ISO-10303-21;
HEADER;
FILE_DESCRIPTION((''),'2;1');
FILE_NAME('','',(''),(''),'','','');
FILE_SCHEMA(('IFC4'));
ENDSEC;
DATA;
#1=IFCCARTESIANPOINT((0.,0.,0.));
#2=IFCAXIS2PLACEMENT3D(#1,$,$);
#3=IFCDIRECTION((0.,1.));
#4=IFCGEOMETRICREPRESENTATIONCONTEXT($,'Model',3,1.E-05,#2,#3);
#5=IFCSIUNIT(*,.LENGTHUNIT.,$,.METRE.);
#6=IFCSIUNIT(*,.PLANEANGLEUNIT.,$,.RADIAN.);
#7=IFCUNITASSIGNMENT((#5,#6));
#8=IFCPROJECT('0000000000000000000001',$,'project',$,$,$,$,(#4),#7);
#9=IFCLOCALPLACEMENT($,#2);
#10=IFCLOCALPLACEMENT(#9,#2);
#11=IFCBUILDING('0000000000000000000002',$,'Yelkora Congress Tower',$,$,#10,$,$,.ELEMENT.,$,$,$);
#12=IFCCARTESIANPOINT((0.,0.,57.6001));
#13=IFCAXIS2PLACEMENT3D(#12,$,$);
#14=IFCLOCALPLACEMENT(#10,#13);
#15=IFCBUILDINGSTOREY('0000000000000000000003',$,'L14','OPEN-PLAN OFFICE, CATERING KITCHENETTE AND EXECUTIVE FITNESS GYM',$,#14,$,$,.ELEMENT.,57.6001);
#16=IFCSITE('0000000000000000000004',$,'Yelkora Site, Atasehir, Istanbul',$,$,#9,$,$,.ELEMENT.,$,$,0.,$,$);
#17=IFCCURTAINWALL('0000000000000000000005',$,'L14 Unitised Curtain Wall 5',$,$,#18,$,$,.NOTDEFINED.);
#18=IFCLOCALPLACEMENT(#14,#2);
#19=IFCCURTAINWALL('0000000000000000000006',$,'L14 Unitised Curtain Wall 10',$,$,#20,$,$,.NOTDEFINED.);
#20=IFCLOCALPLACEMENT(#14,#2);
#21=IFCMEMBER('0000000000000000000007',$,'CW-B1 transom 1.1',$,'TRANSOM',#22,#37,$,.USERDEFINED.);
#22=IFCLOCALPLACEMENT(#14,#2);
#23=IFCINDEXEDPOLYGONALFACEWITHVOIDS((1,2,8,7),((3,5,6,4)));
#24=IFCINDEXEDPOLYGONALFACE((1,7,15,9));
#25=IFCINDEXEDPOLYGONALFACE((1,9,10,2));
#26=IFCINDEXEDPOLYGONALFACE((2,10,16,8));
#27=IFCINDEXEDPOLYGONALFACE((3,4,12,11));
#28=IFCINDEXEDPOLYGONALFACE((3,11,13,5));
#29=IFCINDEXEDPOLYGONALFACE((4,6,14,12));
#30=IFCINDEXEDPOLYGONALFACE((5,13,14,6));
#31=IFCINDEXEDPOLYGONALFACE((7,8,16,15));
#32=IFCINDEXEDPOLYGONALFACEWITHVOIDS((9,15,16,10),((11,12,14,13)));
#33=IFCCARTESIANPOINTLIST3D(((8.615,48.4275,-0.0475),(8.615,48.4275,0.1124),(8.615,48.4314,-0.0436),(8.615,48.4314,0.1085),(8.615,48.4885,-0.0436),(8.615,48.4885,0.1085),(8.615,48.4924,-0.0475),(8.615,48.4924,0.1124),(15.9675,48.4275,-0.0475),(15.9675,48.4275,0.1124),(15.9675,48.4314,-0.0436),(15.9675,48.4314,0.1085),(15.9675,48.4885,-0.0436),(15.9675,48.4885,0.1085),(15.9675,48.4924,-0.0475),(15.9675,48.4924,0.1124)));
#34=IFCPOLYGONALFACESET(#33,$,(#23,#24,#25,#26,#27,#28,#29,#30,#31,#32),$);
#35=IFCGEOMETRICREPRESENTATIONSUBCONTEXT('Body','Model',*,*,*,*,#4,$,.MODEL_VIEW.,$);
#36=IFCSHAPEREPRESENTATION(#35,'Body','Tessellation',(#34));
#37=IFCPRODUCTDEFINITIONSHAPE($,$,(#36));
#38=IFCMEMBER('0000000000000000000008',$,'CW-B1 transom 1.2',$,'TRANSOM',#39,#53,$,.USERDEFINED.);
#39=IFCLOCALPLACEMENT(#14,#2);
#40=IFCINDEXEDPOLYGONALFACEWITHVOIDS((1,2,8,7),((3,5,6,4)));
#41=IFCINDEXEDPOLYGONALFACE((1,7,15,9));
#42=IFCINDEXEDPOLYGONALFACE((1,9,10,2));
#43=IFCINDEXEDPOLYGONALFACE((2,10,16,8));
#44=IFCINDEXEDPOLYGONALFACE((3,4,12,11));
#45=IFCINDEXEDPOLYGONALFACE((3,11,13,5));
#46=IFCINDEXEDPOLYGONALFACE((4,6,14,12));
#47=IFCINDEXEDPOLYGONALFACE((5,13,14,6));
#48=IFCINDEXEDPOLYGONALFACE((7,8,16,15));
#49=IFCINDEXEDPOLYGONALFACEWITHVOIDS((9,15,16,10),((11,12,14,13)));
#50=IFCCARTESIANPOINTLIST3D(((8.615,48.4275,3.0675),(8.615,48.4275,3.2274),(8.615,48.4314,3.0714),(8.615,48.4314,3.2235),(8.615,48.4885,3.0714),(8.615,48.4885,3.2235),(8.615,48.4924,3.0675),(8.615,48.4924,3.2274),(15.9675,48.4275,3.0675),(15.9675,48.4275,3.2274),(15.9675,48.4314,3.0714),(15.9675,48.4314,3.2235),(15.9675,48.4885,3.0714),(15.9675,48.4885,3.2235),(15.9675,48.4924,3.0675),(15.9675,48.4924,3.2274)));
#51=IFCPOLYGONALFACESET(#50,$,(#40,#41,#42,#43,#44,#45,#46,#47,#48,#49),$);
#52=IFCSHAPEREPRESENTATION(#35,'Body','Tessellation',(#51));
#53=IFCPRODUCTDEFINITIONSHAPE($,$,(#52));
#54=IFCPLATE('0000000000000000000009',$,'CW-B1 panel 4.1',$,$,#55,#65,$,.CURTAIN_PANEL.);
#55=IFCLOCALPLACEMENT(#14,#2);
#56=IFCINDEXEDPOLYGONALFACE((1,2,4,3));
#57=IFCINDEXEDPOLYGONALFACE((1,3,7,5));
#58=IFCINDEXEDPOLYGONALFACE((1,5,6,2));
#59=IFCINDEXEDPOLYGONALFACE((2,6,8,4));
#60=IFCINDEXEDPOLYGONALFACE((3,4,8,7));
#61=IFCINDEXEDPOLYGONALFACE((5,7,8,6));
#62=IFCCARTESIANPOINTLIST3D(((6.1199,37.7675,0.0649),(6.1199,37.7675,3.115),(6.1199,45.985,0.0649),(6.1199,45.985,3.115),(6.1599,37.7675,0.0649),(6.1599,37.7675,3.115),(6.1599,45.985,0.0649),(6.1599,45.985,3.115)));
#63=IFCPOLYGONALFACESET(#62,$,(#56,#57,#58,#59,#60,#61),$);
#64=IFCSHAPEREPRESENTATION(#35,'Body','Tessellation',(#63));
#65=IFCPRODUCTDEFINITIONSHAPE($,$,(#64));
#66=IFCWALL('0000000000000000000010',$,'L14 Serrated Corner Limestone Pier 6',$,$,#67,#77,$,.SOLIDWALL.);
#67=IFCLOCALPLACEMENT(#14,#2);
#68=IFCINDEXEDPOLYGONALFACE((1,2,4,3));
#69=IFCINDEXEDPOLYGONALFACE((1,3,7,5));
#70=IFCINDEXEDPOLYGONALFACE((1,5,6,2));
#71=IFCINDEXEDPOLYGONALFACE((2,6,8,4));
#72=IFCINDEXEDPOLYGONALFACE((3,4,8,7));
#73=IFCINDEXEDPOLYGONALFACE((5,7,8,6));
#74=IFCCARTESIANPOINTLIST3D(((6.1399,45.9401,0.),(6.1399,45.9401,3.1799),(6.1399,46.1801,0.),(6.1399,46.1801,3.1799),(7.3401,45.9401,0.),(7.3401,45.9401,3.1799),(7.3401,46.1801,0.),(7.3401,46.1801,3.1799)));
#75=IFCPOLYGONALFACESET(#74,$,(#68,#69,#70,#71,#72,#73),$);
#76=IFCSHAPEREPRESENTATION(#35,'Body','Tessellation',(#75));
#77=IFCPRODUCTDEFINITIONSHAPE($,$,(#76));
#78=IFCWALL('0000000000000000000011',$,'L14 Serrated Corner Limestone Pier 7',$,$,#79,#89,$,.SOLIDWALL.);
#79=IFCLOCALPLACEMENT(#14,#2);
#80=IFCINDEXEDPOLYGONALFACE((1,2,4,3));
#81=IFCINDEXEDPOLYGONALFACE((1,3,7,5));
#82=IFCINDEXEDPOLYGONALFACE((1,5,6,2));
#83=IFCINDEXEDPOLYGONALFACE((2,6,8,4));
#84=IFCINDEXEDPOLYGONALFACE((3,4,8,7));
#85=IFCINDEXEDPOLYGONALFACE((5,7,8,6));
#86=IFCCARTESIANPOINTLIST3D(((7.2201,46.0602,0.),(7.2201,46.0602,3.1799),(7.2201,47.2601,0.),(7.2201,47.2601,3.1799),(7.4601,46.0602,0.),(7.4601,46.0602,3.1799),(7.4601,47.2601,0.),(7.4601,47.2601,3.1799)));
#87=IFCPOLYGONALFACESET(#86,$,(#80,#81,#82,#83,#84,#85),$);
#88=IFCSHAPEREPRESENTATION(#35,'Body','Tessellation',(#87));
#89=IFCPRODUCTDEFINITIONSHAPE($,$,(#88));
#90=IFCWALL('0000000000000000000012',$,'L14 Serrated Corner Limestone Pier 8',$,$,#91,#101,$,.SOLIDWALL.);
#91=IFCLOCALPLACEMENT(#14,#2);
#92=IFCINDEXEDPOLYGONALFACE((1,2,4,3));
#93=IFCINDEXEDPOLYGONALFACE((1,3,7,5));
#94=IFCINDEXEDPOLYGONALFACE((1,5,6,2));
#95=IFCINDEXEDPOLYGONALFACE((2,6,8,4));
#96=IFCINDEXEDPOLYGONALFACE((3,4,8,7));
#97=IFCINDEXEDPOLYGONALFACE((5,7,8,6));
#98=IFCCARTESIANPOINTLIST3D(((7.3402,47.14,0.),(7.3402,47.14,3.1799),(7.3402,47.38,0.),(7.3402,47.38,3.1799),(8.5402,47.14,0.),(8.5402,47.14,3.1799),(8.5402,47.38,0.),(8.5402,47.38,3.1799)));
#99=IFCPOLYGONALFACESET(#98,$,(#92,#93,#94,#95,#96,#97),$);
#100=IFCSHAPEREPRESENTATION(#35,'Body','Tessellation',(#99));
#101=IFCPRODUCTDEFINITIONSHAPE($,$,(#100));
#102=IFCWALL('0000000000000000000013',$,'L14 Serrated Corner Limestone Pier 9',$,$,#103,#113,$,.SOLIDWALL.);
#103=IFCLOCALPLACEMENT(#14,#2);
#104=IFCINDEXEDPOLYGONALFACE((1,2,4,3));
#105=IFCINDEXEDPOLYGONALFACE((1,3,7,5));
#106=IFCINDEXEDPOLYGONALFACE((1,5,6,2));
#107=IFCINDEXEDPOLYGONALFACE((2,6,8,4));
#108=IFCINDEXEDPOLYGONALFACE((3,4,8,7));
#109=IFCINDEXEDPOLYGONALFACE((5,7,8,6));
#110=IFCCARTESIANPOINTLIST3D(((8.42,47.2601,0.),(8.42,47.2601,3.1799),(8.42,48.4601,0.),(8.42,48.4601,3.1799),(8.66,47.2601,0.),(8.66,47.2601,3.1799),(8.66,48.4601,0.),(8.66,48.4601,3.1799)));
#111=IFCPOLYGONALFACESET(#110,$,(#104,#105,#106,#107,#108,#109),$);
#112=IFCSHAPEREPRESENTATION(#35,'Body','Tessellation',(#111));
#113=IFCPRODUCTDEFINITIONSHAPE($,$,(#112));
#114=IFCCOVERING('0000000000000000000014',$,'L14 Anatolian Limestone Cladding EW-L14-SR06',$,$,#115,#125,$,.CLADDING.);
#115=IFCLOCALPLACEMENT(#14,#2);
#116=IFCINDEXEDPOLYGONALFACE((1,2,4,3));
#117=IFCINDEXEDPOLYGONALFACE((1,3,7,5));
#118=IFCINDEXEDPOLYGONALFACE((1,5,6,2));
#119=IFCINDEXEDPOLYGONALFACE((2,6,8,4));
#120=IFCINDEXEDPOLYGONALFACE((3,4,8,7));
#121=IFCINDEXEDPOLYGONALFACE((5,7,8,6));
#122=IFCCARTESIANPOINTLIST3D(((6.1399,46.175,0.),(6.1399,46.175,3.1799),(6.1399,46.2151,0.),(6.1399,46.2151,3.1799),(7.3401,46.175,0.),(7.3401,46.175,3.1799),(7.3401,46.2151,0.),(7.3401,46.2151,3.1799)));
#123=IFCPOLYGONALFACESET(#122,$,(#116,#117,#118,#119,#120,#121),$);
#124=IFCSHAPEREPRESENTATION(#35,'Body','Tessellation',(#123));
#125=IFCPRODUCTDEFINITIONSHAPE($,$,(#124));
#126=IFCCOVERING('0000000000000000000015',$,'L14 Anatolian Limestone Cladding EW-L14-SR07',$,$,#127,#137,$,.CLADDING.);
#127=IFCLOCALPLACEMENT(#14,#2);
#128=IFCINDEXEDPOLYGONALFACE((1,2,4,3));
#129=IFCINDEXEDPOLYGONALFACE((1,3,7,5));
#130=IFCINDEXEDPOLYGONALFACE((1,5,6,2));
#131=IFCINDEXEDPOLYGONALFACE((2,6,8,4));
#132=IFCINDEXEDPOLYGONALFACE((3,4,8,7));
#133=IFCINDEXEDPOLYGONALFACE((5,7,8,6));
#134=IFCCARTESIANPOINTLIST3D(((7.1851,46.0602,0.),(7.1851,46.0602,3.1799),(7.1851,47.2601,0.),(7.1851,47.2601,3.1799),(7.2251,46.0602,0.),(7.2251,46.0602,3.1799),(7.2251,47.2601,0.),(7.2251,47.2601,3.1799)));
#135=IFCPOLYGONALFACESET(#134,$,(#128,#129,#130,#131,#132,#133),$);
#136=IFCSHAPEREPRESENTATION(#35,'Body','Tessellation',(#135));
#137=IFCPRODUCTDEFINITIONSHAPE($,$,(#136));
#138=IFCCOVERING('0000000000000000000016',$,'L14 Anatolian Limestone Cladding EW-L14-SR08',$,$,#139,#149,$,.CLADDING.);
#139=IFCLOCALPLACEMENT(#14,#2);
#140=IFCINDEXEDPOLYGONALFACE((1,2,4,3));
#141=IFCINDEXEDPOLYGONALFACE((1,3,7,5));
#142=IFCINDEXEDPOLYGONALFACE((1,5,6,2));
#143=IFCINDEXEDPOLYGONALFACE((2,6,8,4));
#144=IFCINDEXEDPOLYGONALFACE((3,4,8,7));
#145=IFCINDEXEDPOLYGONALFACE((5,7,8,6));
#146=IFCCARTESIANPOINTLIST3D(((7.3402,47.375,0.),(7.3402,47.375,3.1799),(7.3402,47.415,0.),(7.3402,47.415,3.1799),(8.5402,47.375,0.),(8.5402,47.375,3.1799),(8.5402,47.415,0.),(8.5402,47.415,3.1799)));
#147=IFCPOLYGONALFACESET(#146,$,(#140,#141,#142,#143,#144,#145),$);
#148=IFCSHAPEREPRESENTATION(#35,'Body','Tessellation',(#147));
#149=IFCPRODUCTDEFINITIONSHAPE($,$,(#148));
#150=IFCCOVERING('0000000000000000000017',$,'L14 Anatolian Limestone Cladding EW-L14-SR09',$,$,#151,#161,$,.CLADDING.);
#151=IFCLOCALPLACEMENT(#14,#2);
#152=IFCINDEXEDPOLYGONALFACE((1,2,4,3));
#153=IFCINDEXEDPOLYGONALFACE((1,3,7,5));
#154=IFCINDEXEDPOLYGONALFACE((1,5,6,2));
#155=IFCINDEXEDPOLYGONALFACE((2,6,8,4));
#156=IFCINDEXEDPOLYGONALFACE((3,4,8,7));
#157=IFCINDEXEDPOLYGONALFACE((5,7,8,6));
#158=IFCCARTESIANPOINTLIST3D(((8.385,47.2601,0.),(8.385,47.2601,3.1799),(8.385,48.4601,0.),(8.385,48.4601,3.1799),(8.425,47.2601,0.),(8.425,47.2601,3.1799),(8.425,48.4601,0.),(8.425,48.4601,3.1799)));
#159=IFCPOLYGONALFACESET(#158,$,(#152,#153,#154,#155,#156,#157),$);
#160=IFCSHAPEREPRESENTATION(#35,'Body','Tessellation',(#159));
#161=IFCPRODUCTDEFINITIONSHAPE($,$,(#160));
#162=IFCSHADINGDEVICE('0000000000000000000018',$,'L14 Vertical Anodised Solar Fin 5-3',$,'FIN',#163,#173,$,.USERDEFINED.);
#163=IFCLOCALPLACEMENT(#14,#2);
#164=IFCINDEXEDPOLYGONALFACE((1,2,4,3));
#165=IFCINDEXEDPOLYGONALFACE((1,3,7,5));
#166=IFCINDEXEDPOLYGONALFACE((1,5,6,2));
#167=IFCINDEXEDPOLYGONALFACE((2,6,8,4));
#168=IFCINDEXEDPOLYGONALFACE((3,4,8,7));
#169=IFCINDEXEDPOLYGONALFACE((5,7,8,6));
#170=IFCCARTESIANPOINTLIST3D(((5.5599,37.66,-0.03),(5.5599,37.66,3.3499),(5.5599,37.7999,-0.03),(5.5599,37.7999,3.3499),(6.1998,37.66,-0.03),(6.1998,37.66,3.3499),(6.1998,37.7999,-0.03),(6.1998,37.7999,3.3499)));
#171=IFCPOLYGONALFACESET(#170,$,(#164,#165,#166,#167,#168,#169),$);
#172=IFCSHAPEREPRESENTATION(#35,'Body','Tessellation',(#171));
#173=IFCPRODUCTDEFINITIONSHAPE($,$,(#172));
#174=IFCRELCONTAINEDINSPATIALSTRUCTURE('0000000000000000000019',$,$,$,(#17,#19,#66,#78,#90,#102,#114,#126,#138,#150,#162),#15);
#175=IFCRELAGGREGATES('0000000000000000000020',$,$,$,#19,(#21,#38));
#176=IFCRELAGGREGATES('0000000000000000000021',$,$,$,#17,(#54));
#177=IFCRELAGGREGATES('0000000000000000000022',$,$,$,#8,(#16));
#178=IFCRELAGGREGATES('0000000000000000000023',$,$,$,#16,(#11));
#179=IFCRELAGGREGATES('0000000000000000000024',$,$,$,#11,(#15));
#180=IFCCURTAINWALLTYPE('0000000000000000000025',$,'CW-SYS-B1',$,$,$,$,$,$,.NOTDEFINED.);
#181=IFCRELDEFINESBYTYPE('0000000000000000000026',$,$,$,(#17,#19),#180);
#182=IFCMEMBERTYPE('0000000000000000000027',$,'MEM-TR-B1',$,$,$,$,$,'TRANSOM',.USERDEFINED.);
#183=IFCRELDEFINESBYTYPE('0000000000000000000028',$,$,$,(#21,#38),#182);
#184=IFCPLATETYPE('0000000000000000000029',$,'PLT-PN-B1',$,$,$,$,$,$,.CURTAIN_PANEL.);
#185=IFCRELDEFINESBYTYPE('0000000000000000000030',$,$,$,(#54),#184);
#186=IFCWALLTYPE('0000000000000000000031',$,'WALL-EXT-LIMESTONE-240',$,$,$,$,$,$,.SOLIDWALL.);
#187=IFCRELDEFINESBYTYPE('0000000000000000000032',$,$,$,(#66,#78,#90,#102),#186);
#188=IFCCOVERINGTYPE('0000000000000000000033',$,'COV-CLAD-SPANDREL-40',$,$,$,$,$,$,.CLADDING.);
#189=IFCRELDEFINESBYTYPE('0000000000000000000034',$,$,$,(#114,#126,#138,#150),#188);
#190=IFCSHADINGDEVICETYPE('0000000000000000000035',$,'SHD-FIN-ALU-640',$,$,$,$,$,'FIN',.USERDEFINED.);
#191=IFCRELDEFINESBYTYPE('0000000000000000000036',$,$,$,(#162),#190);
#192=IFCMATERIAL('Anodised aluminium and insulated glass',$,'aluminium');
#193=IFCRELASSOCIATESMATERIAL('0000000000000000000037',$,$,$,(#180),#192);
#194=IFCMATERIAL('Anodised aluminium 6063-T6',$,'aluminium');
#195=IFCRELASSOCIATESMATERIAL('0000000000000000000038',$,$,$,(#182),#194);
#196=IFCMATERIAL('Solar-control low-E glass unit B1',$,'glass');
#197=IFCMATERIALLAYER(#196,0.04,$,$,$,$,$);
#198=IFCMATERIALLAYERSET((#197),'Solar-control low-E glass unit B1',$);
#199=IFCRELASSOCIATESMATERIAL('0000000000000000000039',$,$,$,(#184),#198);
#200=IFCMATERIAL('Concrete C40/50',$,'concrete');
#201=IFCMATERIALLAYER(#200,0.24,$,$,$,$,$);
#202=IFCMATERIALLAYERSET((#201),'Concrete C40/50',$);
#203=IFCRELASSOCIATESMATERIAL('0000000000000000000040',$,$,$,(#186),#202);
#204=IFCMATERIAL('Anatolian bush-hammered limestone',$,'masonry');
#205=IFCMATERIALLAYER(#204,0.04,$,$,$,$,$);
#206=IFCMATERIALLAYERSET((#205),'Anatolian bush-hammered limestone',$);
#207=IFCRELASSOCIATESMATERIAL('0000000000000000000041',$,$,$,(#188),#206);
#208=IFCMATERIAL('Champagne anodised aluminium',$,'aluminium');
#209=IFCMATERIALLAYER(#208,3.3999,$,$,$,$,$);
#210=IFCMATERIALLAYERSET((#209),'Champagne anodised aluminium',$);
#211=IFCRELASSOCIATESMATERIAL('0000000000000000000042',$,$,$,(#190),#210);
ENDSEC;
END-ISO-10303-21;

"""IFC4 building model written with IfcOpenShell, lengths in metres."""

from ifc_helpers import new_model, si_unit, direction, frame, frame_2d, origin, origin_2d, place, context, subcontext, project, spatial, rectangle, hollow_rectangle, extrude, material, layer, layer_set, material_profile, profile_set, type_object, element, aggregate, save


model = new_model("IFC4")

# Units and contexts
model_context = context("Model", 3, precision=1e-05, world=origin(), true_north=direction((0.0, 1.0)))
body_context = subcontext(model_context, "Body", "Model", "MODEL_VIEW")
ifc_project = project(units=[si_unit("LENGTHUNIT", "METRE"), si_unit("PLANEANGLEUNIT", "RADIAN")], contexts=[model_context])

# Site, building, storey
site_placement = place(None, origin())
site = spatial("IfcSite", under=ifc_project, at=site_placement, Name="Yelkora Site, Atasehir, Istanbul", CompositionType="ELEMENT", RefElevation=0.0)
building_placement = place(site_placement, origin())
building = spatial("IfcBuilding", under=site, at=building_placement, Name="Yelkora Congress Tower", CompositionType="ELEMENT")
storey_placement = place(building_placement, frame((0.0, 0.0, 57.6001)))
storey = spatial("IfcBuildingStorey", under=building, at=storey_placement, Name="L14", Description="OPEN-PLAN OFFICE, CATERING KITCHENETTE AND EXECUTIVE FITNESS GYM", CompositionType="ELEMENT", Elevation=57.6001)

# Curtain wall
ifc_material_1 = material(Name="Anodised aluminium and insulated glass", Category="aluminium")
curtain_wall_type = type_object("IfcCurtainWallType", Name="CW-SYS-B1", PredefinedType="NOTDEFINED", material=ifc_material_1)
curtain_wall_1_placement = place(storey_placement, origin())
curtain_wall_1 = element("IfcCurtainWall", 1, at=curtain_wall_1_placement, inside=storey, type_object=curtain_wall_type, Name="L14 Unitised Curtain Wall 5", PredefinedType="NOTDEFINED")
ifc_material_2 = material(Name="Anodised aluminium 6063-T6", Category="aluminium")

# Curtain wall
curtain_wall_2_placement = place(storey_placement, origin())
curtain_wall_2 = element("IfcCurtainWall", 2, at=curtain_wall_2_placement, inside=storey, type_object=curtain_wall_type, Name="L14 Unitised Curtain Wall 10", PredefinedType="NOTDEFINED")

# Members
ifc_material_profile_1 = material_profile(ifc_material_2, hollow_rectangle(XDim=0.0649, YDim=0.1599, WallThickness=0.0039, at=origin_2d()), Name="ALU 65x160x4")
ifc_profile_set_1 = profile_set([ifc_material_profile_1], Name="Anodised aluminium 6063-T6")
member_type_1 = type_object("IfcMemberType", Name="MEM-TR-B1", ElementType="TRANSOM", PredefinedType="USERDEFINED", material=ifc_profile_set_1)
member_1_placement = place(storey_placement, frame((8.615, 48.46, 0.0325), z_axis=(1.0, 0.0, 0.0), x_axis=(0.0, 1.0, 0.0)))
member_1 = element("IfcMember", 3, at=member_1_placement, type_object=member_type_1, Name="CW-B1 transom 1.1", ObjectType="TRANSOM", PredefinedType="USERDEFINED", context=body_context, shape_type="SweptSolid", body=[
    extrude(hollow_rectangle(XDim=0.0649, YDim=0.1599, WallThickness=0.0039, at=origin_2d()), origin(), (0.0, 0.0, 1.0), 7.3525),
])
member_2_placement = place(storey_placement, frame((8.615, 48.46, 3.1475), z_axis=(1.0, 0.0, 0.0), x_axis=(0.0, 1.0, 0.0)))
member_2 = element("IfcMember", 4, at=member_2_placement, type_object=member_type_1, Name="CW-B1 transom 1.2", ObjectType="TRANSOM", PredefinedType="USERDEFINED", context=body_context, shape_type="SweptSolid", body=[
    extrude(hollow_rectangle(XDim=0.0649, YDim=0.1599, WallThickness=0.0039, at=origin_2d()), origin(), (0.0, 0.0, 1.0), 7.3525),
])
aggregate(curtain_wall_2, [member_1, member_2])

# Plate
ifc_material_3 = material(Name="Solar-control low-E glass unit B1", Category="glass")
ifc_layer_1 = layer(ifc_material_3, 0.04)
ifc_layer_set_1 = layer_set([ifc_layer_1], Name="Solar-control low-E glass unit B1")
plate_type = type_object("IfcPlateType", Name="PLT-PN-B1", PredefinedType="CURTAIN_PANEL", material=ifc_layer_set_1)
plate_placement = place(storey_placement, frame((6.1399, 41.8762, 0.0649), z_axis=(0.0, 0.0, 1.0), x_axis=(0.0, 1.0, 0.0)))
plate = element("IfcPlate", 5, at=plate_placement, type_object=plate_type, Name="CW-B1 panel 4.1", PredefinedType="CURTAIN_PANEL", context=body_context, shape_type="SweptSolid", body=[
    extrude(rectangle(XDim=8.2175, YDim=0.04, at=origin_2d()), origin(), (0.0, 0.0, 1.0), 3.05),
])
aggregate(curtain_wall_1, [plate])

# Walls
ifc_material_4 = material(Name="Concrete C40/50", Category="concrete")
ifc_layer_2 = layer(ifc_material_4, 0.24)
ifc_layer_set_2 = layer_set([ifc_layer_2], Name="Concrete C40/50")
wall_type = type_object("IfcWallType", Name="WALL-EXT-LIMESTONE-240", PredefinedType="SOLIDWALL", material=ifc_layer_set_2)
wall_placement = place(storey_placement, frame((6.1399, 46.0601, 0.0), z_axis=(0.0, 0.0, 1.0), x_axis=(1.0, 0.0, 0.0)))
element("IfcWall", 6, at=wall_placement, inside=storey, type_object=wall_type, Name="L14 Serrated Corner Limestone Pier 6", PredefinedType="SOLIDWALL", context=body_context, shape_type="SweptSolid", body=[
    extrude(rectangle(XDim=1.2002, YDim=0.24, at=frame_2d((0.6001, 0.0))), origin(), (0.0, 0.0, 1.0), 3.1799),
])
for number, where, z_axis, x_axis, name in (
    (7, (7.3401, 46.0601, 0.0), (0.0, 0.0, 1.0), (0.0, 1.0, 0.0), "L14 Serrated Corner Limestone Pier 7"),
    (8, (7.3401, 47.26, 0.0), (0.0, 0.0, 1.0), (1.0, 0.0, 0.0), "L14 Serrated Corner Limestone Pier 8"),
    (9, (8.54, 47.26, 0.0), (0.0, 0.0, 1.0), (0.0, 1.0, 0.0), "L14 Serrated Corner Limestone Pier 9"),
):
    element("IfcWall", number, at=place(storey_placement, frame(where, z_axis=z_axis, x_axis=x_axis)), inside=storey, type_object=wall_type, Name=name, PredefinedType="SOLIDWALL", context=body_context, shape_type="SweptSolid", body=[
        extrude(rectangle(XDim=1.2, YDim=0.24, at=frame_2d((0.6001, 0.0))), origin(), (0.0, 0.0, 1.0), 3.1799),
    ])

# Coverings
ifc_material_5 = material(Name="Anatolian bush-hammered limestone", Category="masonry")
ifc_layer_3 = layer(ifc_material_5, 0.04)
ifc_layer_set_3 = layer_set([ifc_layer_3], Name="Anatolian bush-hammered limestone")
covering_type = type_object("IfcCoveringType", Name="COV-CLAD-SPANDREL-40", PredefinedType="CLADDING", material=ifc_layer_set_3)
covering_placement = place(storey_placement, frame((6.1399, 46.1951, 0.0), z_axis=(0.0, 0.0, 1.0), x_axis=(1.0, 0.0, 0.0)))
element("IfcCovering", 10, at=covering_placement, inside=storey, type_object=covering_type, Name="L14 Anatolian Limestone Cladding EW-L14-SR06", PredefinedType="CLADDING", context=body_context, shape_type="SweptSolid", body=[
    extrude(rectangle(XDim=1.2002, YDim=0.04, at=frame_2d((0.6001, 0.0))), origin(), (0.0, 0.0, 1.0), 3.1799),
])
for number, where, z_axis, x_axis, name in (
    (11, (7.2051, 46.0601, 0.0), (0.0, 0.0, 1.0), (0.0, 1.0, 0.0), "L14 Anatolian Limestone Cladding EW-L14-SR07"),
    (12, (7.3401, 47.395, 0.0), (0.0, 0.0, 1.0), (1.0, 0.0, 0.0), "L14 Anatolian Limestone Cladding EW-L14-SR08"),
    (13, (8.405, 47.26, 0.0), (0.0, 0.0, 1.0), (0.0, 1.0, 0.0), "L14 Anatolian Limestone Cladding EW-L14-SR09"),
):
    element("IfcCovering", number, at=place(storey_placement, frame(where, z_axis=z_axis, x_axis=x_axis)), inside=storey, type_object=covering_type, Name=name, PredefinedType="CLADDING", context=body_context, shape_type="SweptSolid", body=[
        extrude(rectangle(XDim=1.2, YDim=0.04, at=frame_2d((0.6001, 0.0))), origin(), (0.0, 0.0, 1.0), 3.1799),
    ])

# Shading device
ifc_material_6 = material(Name="Champagne anodised aluminium", Category="aluminium")
ifc_layer_4 = layer(ifc_material_6, 3.3999)
ifc_layer_set_4 = layer_set([ifc_layer_4], Name="Champagne anodised aluminium")
shading_device_type = type_object("IfcShadingDeviceType", Name="SHD-FIN-ALU-640", ElementType="FIN", PredefinedType="USERDEFINED", material=ifc_layer_set_4)
shading_device_placement = place(storey_placement, frame((5.8799, 37.73, -0.03), z_axis=(0.0, 0.0, 1.0), x_axis=(0.0, 1.0, 0.0)))
element("IfcShadingDevice", 14, at=shading_device_placement, inside=storey, type_object=shading_device_type, Name="L14 Vertical Anodised Solar Fin 5-3", ObjectType="FIN", PredefinedType="USERDEFINED", context=body_context, shape_type="SweptSolid", body=[
    extrude(rectangle(XDim=0.1399, YDim=0.6399, at=origin_2d()), origin(), (0.0, 0.0, 1.0), 3.3799),
])

save(model, "model.ifc")
